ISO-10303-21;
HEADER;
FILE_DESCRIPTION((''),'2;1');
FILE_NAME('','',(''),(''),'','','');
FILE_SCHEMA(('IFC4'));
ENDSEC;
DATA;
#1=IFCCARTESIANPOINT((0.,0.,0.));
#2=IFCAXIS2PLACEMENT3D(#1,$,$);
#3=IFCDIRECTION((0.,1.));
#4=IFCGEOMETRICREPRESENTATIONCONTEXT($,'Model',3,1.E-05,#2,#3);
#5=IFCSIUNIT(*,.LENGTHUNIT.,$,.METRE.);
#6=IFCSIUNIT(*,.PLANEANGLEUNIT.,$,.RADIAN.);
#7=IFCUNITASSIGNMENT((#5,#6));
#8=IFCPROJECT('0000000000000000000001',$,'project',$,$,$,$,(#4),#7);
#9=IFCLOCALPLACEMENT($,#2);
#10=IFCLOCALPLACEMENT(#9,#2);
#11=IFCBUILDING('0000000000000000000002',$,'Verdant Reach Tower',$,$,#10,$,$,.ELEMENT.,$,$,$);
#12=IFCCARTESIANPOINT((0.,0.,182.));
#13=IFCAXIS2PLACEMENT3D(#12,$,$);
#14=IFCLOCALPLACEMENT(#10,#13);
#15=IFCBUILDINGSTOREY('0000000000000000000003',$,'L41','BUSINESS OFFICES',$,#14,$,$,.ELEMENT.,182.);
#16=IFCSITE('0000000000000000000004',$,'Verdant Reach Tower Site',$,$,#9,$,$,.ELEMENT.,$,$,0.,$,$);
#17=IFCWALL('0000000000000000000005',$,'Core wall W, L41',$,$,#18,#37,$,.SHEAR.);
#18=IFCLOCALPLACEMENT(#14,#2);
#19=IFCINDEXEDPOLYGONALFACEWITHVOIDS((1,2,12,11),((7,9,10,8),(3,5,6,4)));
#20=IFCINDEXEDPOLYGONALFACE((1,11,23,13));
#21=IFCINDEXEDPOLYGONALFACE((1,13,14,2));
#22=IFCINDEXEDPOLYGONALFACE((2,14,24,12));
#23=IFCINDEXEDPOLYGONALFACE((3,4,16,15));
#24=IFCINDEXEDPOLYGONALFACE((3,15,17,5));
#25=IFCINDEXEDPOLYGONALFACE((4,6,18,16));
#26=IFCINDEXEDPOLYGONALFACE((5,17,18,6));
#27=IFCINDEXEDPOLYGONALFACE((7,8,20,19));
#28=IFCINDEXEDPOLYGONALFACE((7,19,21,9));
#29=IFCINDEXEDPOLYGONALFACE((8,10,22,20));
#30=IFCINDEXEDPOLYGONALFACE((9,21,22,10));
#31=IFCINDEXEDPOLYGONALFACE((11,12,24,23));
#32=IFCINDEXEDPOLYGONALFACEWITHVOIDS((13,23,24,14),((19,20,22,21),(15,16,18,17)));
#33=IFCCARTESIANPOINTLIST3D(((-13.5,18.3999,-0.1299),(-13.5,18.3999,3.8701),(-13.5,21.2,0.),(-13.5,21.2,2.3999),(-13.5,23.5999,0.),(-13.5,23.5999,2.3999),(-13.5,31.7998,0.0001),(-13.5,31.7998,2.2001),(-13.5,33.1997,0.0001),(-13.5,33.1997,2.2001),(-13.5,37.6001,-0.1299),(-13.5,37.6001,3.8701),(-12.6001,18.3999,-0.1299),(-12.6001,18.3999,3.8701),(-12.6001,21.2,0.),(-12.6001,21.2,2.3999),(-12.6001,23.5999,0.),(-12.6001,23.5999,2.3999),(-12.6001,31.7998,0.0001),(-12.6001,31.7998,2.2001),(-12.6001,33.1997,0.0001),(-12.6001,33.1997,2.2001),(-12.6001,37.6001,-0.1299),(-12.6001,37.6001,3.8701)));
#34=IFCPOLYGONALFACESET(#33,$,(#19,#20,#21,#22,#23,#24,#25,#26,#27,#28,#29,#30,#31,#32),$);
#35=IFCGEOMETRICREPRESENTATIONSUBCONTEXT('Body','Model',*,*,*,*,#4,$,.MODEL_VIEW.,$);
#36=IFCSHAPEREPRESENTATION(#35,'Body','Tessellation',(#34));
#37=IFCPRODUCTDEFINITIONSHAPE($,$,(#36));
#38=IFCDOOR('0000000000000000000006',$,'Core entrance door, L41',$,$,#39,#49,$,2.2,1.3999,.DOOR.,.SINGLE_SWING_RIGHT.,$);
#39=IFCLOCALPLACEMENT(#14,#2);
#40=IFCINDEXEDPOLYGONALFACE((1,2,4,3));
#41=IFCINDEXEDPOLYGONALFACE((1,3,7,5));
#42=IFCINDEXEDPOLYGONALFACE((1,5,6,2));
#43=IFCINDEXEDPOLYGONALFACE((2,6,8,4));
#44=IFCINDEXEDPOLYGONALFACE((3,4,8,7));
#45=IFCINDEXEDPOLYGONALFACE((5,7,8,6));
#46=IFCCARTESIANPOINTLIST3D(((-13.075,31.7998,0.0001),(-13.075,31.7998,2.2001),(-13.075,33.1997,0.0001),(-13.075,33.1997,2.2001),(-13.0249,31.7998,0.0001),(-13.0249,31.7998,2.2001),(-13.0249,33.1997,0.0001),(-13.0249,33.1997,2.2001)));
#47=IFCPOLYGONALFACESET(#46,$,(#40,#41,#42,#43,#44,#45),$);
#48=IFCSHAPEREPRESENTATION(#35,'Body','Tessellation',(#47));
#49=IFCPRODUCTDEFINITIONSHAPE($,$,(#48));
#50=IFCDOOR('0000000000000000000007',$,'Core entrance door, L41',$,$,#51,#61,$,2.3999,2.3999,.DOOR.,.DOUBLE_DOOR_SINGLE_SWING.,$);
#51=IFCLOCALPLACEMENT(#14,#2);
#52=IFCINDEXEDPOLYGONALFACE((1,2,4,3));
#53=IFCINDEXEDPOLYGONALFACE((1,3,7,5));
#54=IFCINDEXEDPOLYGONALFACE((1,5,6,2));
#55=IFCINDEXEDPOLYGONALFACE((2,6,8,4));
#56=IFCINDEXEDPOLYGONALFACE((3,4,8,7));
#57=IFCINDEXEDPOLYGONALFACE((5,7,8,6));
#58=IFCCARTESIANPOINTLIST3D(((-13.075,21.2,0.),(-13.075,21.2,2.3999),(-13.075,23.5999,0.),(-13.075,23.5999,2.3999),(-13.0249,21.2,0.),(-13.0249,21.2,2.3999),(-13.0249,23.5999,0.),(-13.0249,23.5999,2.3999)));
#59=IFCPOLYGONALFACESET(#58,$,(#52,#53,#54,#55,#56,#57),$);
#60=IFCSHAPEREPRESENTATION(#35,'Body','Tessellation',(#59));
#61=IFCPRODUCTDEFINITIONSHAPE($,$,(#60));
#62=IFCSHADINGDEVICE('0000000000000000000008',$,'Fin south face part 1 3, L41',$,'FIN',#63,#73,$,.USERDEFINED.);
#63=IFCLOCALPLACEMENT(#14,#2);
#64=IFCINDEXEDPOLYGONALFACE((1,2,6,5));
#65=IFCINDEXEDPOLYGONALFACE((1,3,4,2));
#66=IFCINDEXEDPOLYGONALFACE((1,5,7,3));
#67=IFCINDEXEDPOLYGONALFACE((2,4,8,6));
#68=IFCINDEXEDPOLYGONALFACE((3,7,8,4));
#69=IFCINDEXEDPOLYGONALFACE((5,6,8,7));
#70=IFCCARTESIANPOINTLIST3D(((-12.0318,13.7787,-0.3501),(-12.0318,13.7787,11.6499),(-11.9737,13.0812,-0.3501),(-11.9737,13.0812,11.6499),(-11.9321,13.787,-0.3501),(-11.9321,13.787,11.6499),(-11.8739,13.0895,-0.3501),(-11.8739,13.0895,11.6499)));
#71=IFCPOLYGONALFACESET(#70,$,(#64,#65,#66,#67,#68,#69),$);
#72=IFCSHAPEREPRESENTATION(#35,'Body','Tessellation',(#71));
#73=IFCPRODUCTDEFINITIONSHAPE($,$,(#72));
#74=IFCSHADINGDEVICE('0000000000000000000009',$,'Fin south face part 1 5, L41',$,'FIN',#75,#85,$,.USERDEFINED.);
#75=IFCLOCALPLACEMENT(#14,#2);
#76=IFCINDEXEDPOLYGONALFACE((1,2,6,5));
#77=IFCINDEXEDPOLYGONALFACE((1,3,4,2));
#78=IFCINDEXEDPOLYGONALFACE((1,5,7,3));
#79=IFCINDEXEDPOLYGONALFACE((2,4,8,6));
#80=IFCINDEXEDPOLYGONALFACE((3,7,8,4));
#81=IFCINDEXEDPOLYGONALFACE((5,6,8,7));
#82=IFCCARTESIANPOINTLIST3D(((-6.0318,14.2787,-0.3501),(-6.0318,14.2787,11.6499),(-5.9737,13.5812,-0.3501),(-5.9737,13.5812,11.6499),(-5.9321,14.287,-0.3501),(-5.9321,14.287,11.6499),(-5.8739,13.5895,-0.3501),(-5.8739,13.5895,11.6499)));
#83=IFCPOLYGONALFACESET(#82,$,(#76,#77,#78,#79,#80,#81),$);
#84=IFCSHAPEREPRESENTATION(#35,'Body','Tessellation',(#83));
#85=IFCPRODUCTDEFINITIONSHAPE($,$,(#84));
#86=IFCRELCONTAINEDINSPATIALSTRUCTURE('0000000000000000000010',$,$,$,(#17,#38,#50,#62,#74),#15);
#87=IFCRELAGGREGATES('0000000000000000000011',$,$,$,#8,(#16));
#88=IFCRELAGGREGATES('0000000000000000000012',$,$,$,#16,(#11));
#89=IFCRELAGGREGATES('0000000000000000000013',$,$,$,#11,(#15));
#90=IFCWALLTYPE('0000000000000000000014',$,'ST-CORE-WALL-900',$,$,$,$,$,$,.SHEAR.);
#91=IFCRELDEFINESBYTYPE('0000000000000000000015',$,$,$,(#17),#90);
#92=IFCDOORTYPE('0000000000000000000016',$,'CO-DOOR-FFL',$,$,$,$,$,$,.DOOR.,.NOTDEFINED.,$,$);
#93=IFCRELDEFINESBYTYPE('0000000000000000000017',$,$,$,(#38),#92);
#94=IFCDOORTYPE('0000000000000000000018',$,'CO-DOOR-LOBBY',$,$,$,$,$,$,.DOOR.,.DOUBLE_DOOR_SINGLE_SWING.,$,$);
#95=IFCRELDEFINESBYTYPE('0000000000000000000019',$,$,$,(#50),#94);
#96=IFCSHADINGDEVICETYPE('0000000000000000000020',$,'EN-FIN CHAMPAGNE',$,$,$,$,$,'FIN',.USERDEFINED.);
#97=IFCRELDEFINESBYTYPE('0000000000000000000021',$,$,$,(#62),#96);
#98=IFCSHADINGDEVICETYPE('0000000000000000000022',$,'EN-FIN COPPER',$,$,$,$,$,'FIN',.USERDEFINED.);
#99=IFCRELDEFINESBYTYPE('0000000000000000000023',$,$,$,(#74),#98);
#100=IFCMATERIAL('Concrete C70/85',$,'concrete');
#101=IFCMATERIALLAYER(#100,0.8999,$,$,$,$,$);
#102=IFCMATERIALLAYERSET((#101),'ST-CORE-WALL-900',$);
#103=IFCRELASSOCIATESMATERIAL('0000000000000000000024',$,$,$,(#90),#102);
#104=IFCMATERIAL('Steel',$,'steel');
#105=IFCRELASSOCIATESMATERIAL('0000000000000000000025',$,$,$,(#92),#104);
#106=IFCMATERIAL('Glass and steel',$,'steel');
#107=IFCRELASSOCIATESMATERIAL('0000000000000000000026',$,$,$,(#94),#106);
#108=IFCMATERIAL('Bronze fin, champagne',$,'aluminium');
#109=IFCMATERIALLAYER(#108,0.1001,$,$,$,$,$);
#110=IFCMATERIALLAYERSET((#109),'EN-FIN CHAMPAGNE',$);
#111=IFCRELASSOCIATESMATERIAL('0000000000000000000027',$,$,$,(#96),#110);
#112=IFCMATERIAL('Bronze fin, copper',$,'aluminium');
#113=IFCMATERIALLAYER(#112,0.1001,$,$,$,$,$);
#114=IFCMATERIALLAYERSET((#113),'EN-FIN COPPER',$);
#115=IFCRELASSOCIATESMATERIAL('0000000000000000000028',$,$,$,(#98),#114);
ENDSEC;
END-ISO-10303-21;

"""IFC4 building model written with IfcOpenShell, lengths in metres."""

from ifc_helpers import new_model, si_unit, direction, frame, frame_2d, origin, origin_2d, place, context, subcontext, project, spatial, rectangle, extrude, material, layer, layer_set, type_object, element, fill, save


model = new_model("IFC4")

# Units and contexts
model_context = context("Model", 3, precision=1e-05, world=origin(), true_north=direction((0.0, 1.0)))
body_context = subcontext(model_context, "Body", "Model", "MODEL_VIEW")
ifc_project = project(units=[si_unit("LENGTHUNIT", "METRE"), si_unit("PLANEANGLEUNIT", "RADIAN")], contexts=[model_context])

# Site, building, storey
site_placement = place(None, origin())
site = spatial("IfcSite", under=ifc_project, at=site_placement, Name="Verdant Reach Tower Site", CompositionType="ELEMENT", RefElevation=0.0)
building_placement = place(site_placement, origin())
building = spatial("IfcBuilding", under=site, at=building_placement, Name="Verdant Reach Tower", CompositionType="ELEMENT")
storey_placement = place(building_placement, frame((0.0, 0.0, 182.0)))
storey = spatial("IfcBuildingStorey", under=building, at=storey_placement, Name="L41", Description="BUSINESS OFFICES", CompositionType="ELEMENT", Elevation=182.0)

# Shared definitions
ifc_material_1 = material(Name="Concrete C70/85", Category="concrete")
ifc_material_2 = material(Name="Steel", Category="steel")

# Shared definitions
ifc_layer_1 = layer(ifc_material_1, 0.8999)
ifc_layer_set_1 = layer_set([ifc_layer_1], Name="ST-CORE-WALL-900")
wall_type_1 = type_object("IfcWallType", Name="ST-CORE-WALL-900", PredefinedType="SHEAR", material=ifc_layer_set_1)

# Wall, openings, doors
wall_1_placement = place(storey_placement, frame((-13.05, 18.3999, -0.1299), z_axis=(0.0, 0.0, 1.0), x_axis=(0.0, 1.0, 0.0)))
wall_1 = element("IfcWall", 1, at=wall_1_placement, inside=storey, type_object=wall_type_1, Name="Core wall W, L41", PredefinedType="SHEAR", context=body_context, shape_type="SweptSolid", body=[
    extrude(rectangle(XDim=19.2002, YDim=0.8999, at=frame_2d((9.6001, 0.0))), origin(), (0.0, 0.0, 1.0), 4.0),
])
opening_1_placement = place(wall_1_placement, frame((2.8, 0.0, 0.1299)))
opening_1 = element("IfcOpeningElement", 2, at=opening_1_placement, cuts=wall_1, PredefinedType="OPENING", context=body_context, shape_type="SweptSolid", body=[
    extrude(rectangle(XDim=2.3999, YDim=2.3999, at=frame_2d((1.2, 1.2))), frame((0.0, 0.46, 0.0), z_axis=(0.0, -1.0, 0.0), x_axis=(1.0, 0.0, 0.0)), (0.0, 0.0, 1.0), 0.9199),
])
opening_2_placement = place(wall_1_placement, frame((13.3999, 0.0, 0.1299)))
opening_2 = element("IfcOpeningElement", 3, at=opening_2_placement, cuts=wall_1, PredefinedType="OPENING", context=body_context, shape_type="SweptSolid", body=[
    extrude(rectangle(XDim=1.3999, YDim=2.2, at=frame_2d((0.7, 1.1001))), frame((0.0, 0.46, 0.0), z_axis=(0.0, -1.0, 0.0), x_axis=(1.0, 0.0, 0.0)), (0.0, 0.0, 1.0), 0.9199),
])
door_type_1 = type_object("IfcDoorType", Name="CO-DOOR-FFL", OperationType="NOTDEFINED", PredefinedType="DOOR", material=ifc_material_2)
door_1_placement = place(opening_2_placement, origin())
door_1 = element("IfcDoor", 4, at=door_1_placement, inside=storey, type_object=door_type_1, Name="Core entrance door, L41", OperationType="SINGLE_SWING_RIGHT", OverallHeight=2.2, OverallWidth=1.3999, PredefinedType="DOOR", context=body_context, shape_type="SweptSolid", body=[
    extrude(rectangle(XDim=1.3999, YDim=2.2, at=frame_2d((0.7, 1.1001))), frame((0.0, 0.0249, 0.0), z_axis=(0.0, -1.0, 0.0), x_axis=(1.0, 0.0, 0.0)), (0.0, 0.0, 1.0), 0.05),
])
fill(opening_2, door_1)
ifc_material_3 = material(Name="Glass and steel", Category="steel")
door_type_2 = type_object("IfcDoorType", Name="CO-DOOR-LOBBY", OperationType="DOUBLE_DOOR_SINGLE_SWING", PredefinedType="DOOR", material=ifc_material_3)
door_2_placement = place(opening_1_placement, origin())
door_2 = element("IfcDoor", 5, at=door_2_placement, inside=storey, type_object=door_type_2, Name="Core entrance door, L41", OperationType="DOUBLE_DOOR_SINGLE_SWING", OverallHeight=2.3999, OverallWidth=2.3999, PredefinedType="DOOR", context=body_context, shape_type="SweptSolid", body=[
    extrude(rectangle(XDim=2.3999, YDim=2.3999, at=frame_2d((1.2, 1.2))), frame((0.0, 0.0249, 0.0), z_axis=(0.0, -1.0, 0.0), x_axis=(1.0, 0.0, 0.0)), (0.0, 0.0, 1.0), 0.05),
])
fill(opening_1, door_2)

# Shading devices
ifc_material_4 = material(Name="Bronze fin, champagne", Category="aluminium")
ifc_layer_2 = layer(ifc_material_4, 0.1001)
ifc_layer_set_2 = layer_set([ifc_layer_2], Name="EN-FIN CHAMPAGNE")
shading_device_type_1 = type_object("IfcShadingDeviceType", Name="EN-FIN CHAMPAGNE", ElementType="FIN", PredefinedType="USERDEFINED", material=ifc_layer_set_2)
shading_device_1_placement = place(storey_placement, frame((-11.9529, 13.4341, -0.3501), z_axis=(0.0, 0.0, 1.0), x_axis=(0.996546, 0.083045, 0.0)))
element("IfcShadingDevice", 6, at=shading_device_1_placement, inside=storey, type_object=shading_device_type_1, Name="Fin south face part 1 3, L41", ObjectType="FIN", PredefinedType="USERDEFINED", context=body_context, shape_type="SweptSolid", body=[
    extrude(rectangle(XDim=0.1001, YDim=0.7, at=origin_2d()), origin(), (0.0, 0.0, 1.0), 12.0),
])
ifc_material_5 = material(Name="Bronze fin, copper", Category="aluminium")
ifc_layer_3 = layer(ifc_material_5, 0.1001)
ifc_layer_set_3 = layer_set([ifc_layer_3], Name="EN-FIN COPPER")
shading_device_type_2 = type_object("IfcShadingDeviceType", Name="EN-FIN COPPER", ElementType="FIN", PredefinedType="USERDEFINED", material=ifc_layer_set_3)
shading_device_2_placement = place(storey_placement, frame((-5.9529, 13.9341, -0.3501), z_axis=(0.0, 0.0, 1.0), x_axis=(0.996546, 0.083045, 0.0)))
element("IfcShadingDevice", 7, at=shading_device_2_placement, inside=storey, type_object=shading_device_type_2, Name="Fin south face part 1 5, L41", ObjectType="FIN", PredefinedType="USERDEFINED", context=body_context, shape_type="SweptSolid", body=[
    extrude(rectangle(XDim=0.1001, YDim=0.7, at=origin_2d()), origin(), (0.0, 0.0, 1.0), 12.0),
])

save(model, "model.ifc")
